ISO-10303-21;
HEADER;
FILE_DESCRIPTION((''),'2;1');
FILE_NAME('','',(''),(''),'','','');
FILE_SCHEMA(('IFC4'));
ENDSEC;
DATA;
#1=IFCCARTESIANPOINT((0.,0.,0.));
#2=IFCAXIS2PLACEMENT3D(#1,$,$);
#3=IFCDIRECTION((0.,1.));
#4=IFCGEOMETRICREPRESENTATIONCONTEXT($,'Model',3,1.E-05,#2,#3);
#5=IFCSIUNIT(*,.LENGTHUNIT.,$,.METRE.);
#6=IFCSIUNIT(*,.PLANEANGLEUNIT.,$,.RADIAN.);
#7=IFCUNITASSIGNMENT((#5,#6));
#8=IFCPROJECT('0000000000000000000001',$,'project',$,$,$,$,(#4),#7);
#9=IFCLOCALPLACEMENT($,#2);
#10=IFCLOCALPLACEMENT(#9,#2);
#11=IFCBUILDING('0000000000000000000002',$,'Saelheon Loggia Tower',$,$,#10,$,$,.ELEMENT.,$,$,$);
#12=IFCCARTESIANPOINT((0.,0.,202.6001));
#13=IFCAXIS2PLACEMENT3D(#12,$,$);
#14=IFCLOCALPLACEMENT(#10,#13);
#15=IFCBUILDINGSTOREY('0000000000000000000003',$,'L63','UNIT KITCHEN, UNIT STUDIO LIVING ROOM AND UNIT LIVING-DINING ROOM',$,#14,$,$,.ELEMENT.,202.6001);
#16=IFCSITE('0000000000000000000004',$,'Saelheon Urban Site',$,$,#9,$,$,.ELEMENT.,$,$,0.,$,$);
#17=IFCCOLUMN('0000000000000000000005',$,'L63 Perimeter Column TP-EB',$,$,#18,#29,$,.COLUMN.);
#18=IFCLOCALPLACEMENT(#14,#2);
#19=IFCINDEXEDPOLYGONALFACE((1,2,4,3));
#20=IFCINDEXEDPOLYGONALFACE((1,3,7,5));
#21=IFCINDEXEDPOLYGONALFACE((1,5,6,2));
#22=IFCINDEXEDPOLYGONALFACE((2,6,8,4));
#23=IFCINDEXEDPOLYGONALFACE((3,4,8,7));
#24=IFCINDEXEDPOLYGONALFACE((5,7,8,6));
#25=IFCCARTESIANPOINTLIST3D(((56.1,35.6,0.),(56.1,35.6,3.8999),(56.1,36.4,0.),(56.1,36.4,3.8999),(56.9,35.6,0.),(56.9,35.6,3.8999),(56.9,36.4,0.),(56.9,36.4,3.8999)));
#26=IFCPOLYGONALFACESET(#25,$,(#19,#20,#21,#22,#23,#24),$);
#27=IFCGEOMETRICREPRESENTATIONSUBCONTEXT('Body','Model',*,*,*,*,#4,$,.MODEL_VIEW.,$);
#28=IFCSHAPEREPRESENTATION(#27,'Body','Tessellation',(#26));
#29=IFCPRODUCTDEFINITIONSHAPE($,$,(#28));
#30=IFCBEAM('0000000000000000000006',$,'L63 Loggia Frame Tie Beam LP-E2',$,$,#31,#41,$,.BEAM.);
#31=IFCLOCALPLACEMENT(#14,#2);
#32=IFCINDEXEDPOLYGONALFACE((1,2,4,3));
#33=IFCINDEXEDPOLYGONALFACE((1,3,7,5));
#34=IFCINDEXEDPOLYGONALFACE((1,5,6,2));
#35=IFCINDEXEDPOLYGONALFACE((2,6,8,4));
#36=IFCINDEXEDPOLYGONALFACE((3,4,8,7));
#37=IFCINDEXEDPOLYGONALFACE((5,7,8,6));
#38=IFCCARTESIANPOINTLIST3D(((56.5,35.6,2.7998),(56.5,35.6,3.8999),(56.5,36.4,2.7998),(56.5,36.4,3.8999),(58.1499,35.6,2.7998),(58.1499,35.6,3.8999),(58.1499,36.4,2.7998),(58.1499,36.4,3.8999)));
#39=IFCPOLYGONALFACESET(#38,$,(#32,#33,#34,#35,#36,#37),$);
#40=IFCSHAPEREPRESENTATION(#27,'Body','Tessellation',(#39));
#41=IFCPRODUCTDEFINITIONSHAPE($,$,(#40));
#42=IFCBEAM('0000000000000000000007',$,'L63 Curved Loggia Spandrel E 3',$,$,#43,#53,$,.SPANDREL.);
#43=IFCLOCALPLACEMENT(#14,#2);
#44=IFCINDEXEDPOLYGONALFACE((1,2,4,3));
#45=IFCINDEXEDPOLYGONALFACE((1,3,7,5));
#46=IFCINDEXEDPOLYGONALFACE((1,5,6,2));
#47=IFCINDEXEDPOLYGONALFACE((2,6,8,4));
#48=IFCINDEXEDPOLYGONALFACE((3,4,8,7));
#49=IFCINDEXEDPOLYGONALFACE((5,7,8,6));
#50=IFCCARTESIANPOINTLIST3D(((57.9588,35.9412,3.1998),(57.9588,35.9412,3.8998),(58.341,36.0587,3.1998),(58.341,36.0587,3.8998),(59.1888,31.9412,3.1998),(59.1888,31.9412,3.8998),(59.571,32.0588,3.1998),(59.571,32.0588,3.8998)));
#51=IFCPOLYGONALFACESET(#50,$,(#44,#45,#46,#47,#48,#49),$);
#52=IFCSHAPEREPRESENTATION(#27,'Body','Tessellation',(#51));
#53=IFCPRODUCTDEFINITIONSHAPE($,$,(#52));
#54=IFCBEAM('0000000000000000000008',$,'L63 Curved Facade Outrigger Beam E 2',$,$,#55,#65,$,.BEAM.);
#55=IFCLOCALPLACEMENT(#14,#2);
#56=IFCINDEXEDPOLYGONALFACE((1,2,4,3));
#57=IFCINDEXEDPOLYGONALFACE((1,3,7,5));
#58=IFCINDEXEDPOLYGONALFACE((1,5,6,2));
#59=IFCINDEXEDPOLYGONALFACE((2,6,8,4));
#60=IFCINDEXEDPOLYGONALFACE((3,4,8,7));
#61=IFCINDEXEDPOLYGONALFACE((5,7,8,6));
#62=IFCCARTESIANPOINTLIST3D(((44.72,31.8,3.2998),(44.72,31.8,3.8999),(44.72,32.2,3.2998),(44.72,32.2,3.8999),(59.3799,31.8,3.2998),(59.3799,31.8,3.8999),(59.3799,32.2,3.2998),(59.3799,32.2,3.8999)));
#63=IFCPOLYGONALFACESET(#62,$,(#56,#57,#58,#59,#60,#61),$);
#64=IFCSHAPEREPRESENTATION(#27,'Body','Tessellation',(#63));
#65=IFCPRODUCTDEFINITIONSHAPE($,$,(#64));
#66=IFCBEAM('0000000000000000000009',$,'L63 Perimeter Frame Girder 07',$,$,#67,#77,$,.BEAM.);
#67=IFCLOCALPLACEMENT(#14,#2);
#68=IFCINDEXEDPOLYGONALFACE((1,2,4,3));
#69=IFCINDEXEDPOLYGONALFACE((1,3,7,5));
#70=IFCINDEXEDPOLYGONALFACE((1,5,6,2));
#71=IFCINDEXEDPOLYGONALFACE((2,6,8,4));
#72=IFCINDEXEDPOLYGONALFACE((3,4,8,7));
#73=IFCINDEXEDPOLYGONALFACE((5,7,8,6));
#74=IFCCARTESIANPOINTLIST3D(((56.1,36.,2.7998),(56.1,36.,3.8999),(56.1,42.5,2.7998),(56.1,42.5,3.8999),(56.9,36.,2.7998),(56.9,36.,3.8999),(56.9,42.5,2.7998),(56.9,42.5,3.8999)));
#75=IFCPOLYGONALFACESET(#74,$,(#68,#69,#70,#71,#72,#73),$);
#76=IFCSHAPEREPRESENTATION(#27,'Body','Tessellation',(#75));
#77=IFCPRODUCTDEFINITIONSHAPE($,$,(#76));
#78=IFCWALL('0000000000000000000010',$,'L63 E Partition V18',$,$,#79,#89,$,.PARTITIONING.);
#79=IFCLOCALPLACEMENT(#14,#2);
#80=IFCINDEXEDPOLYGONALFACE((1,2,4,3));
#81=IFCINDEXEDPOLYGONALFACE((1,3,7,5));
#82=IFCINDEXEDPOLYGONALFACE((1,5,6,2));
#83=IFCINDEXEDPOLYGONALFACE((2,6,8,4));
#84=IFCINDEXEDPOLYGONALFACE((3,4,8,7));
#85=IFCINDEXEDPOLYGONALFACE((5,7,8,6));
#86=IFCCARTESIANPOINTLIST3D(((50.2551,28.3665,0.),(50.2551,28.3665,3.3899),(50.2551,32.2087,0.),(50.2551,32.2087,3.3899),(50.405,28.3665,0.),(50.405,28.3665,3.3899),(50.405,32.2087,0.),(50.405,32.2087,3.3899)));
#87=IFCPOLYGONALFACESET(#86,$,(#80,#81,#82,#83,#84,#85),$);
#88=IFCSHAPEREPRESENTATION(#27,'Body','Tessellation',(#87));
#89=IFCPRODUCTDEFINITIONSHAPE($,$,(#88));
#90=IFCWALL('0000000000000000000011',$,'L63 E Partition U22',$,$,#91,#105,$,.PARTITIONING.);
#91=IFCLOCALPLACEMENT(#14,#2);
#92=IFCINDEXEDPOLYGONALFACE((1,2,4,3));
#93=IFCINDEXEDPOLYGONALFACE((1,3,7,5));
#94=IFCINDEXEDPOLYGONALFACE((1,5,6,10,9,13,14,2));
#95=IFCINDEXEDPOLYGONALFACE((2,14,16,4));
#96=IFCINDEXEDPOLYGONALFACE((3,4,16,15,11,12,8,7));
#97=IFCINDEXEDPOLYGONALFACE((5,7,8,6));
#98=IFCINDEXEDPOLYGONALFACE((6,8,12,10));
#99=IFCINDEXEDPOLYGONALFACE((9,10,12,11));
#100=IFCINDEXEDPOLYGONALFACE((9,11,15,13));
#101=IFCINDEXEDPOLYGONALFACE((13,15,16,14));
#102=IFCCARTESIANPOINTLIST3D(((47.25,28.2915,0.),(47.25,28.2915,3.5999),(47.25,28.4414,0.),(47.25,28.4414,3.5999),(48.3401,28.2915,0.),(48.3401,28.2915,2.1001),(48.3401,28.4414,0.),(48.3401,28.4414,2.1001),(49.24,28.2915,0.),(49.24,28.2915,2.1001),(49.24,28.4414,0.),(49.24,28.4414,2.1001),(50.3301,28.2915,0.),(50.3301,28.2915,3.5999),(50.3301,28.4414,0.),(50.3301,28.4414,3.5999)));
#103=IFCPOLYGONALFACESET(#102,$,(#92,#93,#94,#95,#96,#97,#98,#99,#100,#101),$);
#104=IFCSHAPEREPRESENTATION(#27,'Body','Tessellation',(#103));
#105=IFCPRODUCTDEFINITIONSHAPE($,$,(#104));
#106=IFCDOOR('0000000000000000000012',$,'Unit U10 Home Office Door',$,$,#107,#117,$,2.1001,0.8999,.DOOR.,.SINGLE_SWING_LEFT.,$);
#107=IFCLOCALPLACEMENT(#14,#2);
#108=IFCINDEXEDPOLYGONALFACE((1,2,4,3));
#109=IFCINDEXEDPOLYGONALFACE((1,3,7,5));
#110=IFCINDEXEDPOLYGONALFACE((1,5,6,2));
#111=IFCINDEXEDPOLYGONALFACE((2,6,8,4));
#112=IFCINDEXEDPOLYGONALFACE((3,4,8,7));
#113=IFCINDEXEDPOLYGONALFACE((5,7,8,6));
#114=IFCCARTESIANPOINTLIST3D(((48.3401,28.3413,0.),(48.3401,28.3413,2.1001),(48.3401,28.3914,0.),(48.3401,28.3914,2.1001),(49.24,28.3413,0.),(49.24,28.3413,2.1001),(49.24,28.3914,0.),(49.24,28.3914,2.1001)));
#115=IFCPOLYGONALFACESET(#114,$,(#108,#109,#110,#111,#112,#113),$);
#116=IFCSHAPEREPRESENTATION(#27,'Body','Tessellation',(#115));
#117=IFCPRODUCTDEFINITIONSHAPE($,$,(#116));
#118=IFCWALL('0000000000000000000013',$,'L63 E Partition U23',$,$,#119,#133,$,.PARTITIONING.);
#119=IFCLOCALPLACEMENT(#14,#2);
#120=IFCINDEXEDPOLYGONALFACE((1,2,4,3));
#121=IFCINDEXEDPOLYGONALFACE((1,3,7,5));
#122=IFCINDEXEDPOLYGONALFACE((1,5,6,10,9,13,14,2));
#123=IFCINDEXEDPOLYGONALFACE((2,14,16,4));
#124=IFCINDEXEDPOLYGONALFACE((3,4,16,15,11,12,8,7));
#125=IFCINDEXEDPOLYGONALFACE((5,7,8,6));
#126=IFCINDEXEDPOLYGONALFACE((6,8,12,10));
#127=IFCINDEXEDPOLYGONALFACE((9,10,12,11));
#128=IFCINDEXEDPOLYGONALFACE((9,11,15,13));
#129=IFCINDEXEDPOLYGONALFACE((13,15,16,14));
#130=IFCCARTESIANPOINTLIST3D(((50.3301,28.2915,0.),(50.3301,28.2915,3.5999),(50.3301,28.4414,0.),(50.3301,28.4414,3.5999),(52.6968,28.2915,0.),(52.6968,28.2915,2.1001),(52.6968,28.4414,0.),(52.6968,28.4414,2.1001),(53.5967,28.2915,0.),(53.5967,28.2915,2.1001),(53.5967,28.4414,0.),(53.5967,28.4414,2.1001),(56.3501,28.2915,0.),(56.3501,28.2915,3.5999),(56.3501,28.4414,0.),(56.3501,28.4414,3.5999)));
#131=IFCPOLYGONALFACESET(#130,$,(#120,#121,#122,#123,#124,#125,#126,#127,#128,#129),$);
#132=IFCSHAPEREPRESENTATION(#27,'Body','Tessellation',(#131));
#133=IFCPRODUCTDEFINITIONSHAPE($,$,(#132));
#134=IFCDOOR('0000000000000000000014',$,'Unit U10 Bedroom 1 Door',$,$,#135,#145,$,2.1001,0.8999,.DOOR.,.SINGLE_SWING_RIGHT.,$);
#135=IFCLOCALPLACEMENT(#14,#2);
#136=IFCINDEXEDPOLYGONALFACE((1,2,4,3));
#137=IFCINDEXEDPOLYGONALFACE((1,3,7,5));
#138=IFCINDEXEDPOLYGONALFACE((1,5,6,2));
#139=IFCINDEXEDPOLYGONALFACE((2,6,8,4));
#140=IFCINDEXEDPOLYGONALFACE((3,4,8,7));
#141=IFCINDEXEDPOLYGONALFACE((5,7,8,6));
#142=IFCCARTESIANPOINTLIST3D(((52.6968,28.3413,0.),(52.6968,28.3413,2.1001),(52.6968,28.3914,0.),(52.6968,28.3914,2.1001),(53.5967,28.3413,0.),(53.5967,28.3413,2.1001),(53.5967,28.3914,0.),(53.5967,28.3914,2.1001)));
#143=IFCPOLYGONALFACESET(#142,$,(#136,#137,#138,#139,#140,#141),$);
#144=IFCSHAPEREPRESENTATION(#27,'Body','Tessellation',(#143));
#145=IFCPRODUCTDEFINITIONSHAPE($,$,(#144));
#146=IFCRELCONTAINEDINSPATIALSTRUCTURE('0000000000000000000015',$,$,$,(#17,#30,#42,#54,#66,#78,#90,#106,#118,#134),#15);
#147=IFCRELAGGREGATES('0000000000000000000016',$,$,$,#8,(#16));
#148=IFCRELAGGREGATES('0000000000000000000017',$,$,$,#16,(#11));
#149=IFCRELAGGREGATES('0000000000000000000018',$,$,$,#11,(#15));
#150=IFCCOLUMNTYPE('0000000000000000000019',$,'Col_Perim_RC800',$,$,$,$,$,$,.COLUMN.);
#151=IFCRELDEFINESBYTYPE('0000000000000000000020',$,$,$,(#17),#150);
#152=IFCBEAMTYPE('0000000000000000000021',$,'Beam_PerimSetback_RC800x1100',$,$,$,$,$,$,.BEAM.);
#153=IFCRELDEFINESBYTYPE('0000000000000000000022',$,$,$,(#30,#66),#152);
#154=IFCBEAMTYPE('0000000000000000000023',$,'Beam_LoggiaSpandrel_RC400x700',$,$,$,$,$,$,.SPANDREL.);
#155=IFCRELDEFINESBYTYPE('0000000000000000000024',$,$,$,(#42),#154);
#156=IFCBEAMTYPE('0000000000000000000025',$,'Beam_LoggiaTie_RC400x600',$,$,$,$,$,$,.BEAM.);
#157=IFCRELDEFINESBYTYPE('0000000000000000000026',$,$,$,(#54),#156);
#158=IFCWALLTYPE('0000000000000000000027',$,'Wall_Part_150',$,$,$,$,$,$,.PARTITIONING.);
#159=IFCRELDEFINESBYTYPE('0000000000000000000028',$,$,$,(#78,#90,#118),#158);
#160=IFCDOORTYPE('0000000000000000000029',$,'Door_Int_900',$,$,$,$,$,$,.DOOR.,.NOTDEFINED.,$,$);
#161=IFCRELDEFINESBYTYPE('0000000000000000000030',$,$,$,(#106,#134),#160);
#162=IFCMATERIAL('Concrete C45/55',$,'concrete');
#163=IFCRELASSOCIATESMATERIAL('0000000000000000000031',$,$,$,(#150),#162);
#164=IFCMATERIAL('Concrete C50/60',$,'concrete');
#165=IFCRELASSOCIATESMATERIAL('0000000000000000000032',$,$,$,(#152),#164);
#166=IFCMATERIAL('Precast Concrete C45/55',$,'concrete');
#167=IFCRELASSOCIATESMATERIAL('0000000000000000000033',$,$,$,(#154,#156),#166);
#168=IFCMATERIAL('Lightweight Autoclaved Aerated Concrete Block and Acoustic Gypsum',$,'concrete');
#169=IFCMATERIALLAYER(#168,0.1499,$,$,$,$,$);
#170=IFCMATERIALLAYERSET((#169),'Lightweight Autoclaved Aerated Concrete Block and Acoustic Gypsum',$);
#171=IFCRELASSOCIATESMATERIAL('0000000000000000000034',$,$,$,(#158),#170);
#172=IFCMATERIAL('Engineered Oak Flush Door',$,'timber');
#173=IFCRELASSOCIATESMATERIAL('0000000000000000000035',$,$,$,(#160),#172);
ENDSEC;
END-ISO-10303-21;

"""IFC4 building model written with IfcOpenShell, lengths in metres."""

from ifc_helpers import new_model, si_unit, direction, frame, frame_2d, origin, origin_2d, place, context, subcontext, project, spatial, rectangle, extrude, source, transform, mapped, material, layer, layer_set, material_profile, profile_set, type_object, element, fill, save


model = new_model("IFC4")

# Units and contexts
model_context = context("Model", 3, precision=1e-05, world=origin(), true_north=direction((0.0, 1.0)))
body_context = subcontext(model_context, "Body", "Model", "MODEL_VIEW")
ifc_project = project(units=[si_unit("LENGTHUNIT", "METRE"), si_unit("PLANEANGLEUNIT", "RADIAN")], contexts=[model_context])

# Site, building, storey
site_placement = place(None, origin())
site = spatial("IfcSite", under=ifc_project, at=site_placement, Name="Saelheon Urban Site", CompositionType="ELEMENT", RefElevation=0.0)
building_placement = place(site_placement, origin())
building = spatial("IfcBuilding", under=site, at=building_placement, Name="Saelheon Loggia Tower", CompositionType="ELEMENT")
storey_placement = place(building_placement, frame((0.0, 0.0, 202.6001)))
storey = spatial("IfcBuildingStorey", under=building, at=storey_placement, Name="L63", Description="UNIT KITCHEN, UNIT STUDIO LIVING ROOM AND UNIT LIVING-DINING ROOM", CompositionType="ELEMENT", Elevation=202.6001)

# Column
ifc_material_1 = material(Name="Concrete C45/55", Category="concrete")
ifc_material_profile_1 = material_profile(ifc_material_1, rectangle(XDim=0.8, YDim=0.8, at=origin_2d()), Name="RC-800x800")
ifc_profile_set_1 = profile_set([ifc_material_profile_1], Name="Concrete C45/55")
column_type = type_object("IfcColumnType", Name="Col_Perim_RC800", PredefinedType="COLUMN", material=ifc_profile_set_1)
shared_shape_1 = source(origin(), body_context, "Body", "SweptSolid", [
    extrude(rectangle(XDim=0.8, YDim=0.8, at=origin_2d()), origin(), (0.0, 0.0, 1.0), 3.8999),
])
column_placement = place(storey_placement, frame((56.5, 36.0, 0.0), z_axis=(0.0, 0.0, 1.0), x_axis=(1.0, 0.0, 0.0)))
element("IfcColumn", 1, at=column_placement, inside=storey, type_object=column_type, Name="L63 Perimeter Column TP-EB", PredefinedType="COLUMN", context=body_context, shape_type="MappedRepresentation", body=[
    mapped(shared_shape_1, transform((0.0, 0.0, 0.0), scale=1.0)),
])

# Beams
ifc_material_2 = material(Name="Concrete C50/60", Category="concrete")
ifc_material_profile_2 = material_profile(ifc_material_2, rectangle(XDim=0.8, YDim=1.1001, at=origin_2d()), Name="RC-800x1100")
ifc_profile_set_2 = profile_set([ifc_material_profile_2], Name="Concrete C50/60")
beam_type_1 = type_object("IfcBeamType", Name="Beam_PerimSetback_RC800x1100", PredefinedType="BEAM", material=ifc_profile_set_2)
shared_shape_2 = source(origin(), body_context, "Body", "SweptSolid", [
    extrude(rectangle(XDim=0.8, YDim=1.1001, at=origin_2d()), origin(), (0.0, 0.0, 1.0), 1.6499),
])
beam_1_placement = place(storey_placement, frame((56.5, 36.0, 3.3499), z_axis=(1.0, 0.0, 0.0), x_axis=(0.0, 1.0, 0.0)))
element("IfcBeam", 2, at=beam_1_placement, inside=storey, type_object=beam_type_1, Name="L63 Loggia Frame Tie Beam LP-E2", PredefinedType="BEAM", context=body_context, shape_type="MappedRepresentation", body=[
    mapped(shared_shape_2, transform((0.0, 0.0, 0.0), scale=1.0)),
])
ifc_material_3 = material(Name="Precast Concrete C45/55", Category="concrete")
ifc_material_profile_3 = material_profile(ifc_material_3, rectangle(XDim=0.3999, YDim=0.7, at=origin_2d()), Name="RC-400x700")
ifc_profile_set_3 = profile_set([ifc_material_profile_3], Name="Precast Concrete C45/55")
beam_type_2 = type_object("IfcBeamType", Name="Beam_LoggiaSpandrel_RC400x700", PredefinedType="SPANDREL", material=ifc_profile_set_3)
shared_shape_3 = source(origin(), body_context, "Body", "SweptSolid", [
    extrude(rectangle(XDim=0.3999, YDim=0.7, at=origin_2d()), origin(), (0.0, 0.0, 1.0), 4.1848),
])
beam_2_placement = place(storey_placement, frame((59.3799, 32.0, 3.5498), z_axis=(-0.293914, 0.955832, 0.0), x_axis=(-0.955832, -0.293914, 0.0)))
element("IfcBeam", 3, at=beam_2_placement, inside=storey, type_object=beam_type_2, Name="L63 Curved Loggia Spandrel E 3", PredefinedType="SPANDREL", context=body_context, shape_type="MappedRepresentation", body=[
    mapped(shared_shape_3, transform((0.0, 0.0, 0.0), scale=1.0)),
])
ifc_material_profile_4 = material_profile(ifc_material_3, rectangle(XDim=0.3999, YDim=0.6001, at=origin_2d()), Name="RC-400x600")
ifc_profile_set_4 = profile_set([ifc_material_profile_4], Name="Precast Concrete C45/55")
beam_type_3 = type_object("IfcBeamType", Name="Beam_LoggiaTie_RC400x600", PredefinedType="BEAM", material=ifc_profile_set_4)
shared_shape_4 = source(origin(), body_context, "Body", "SweptSolid", [
    extrude(rectangle(XDim=0.3999, YDim=0.6001, at=origin_2d()), origin(), (0.0, 0.0, 1.0), 14.6599),
])
beam_3_placement = place(storey_placement, frame((44.72, 32.0, 3.5999), z_axis=(1.0, 0.0, 0.0), x_axis=(0.0, 1.0, 0.0)))
element("IfcBeam", 4, at=beam_3_placement, inside=storey, type_object=beam_type_3, Name="L63 Curved Facade Outrigger Beam E 2", PredefinedType="BEAM", context=body_context, shape_type="MappedRepresentation", body=[
    mapped(shared_shape_4, transform((0.0, 0.0, 0.0), scale=1.0)),
])
shared_shape_5 = source(origin(), body_context, "Body", "SweptSolid", [
    extrude(rectangle(XDim=0.8, YDim=1.1001, at=origin_2d()), origin(), (0.0, 0.0, 1.0), 6.5),
])
beam_4_placement = place(storey_placement, frame((56.5, 36.0, 3.3499), z_axis=(0.0, 1.0, 0.0), x_axis=(-1.0, 0.0, 0.0)))
element("IfcBeam", 5, at=beam_4_placement, inside=storey, type_object=beam_type_1, Name="L63 Perimeter Frame Girder 07", PredefinedType="BEAM", context=body_context, shape_type="MappedRepresentation", body=[
    mapped(shared_shape_5, transform((0.0, 0.0, 0.0), scale=1.0)),
])

# Wall
ifc_material_4 = material(Name="Lightweight Autoclaved Aerated Concrete Block and Acoustic Gypsum", Category="concrete")
ifc_layer_1 = layer(ifc_material_4, 0.1499)
ifc_layer_set_1 = layer_set([ifc_layer_1], Name="Lightweight Autoclaved Aerated Concrete Block and Acoustic Gypsum")
wall_type_1 = type_object("IfcWallType", Name="Wall_Part_150", PredefinedType="PARTITIONING", material=ifc_layer_set_1)
wall_1_placement = place(storey_placement, frame((50.3301, 28.3665, 0.0), z_axis=(0.0, 0.0, 1.0), x_axis=(0.0, 1.0, 0.0)))
element("IfcWall", 6, at=wall_1_placement, inside=storey, type_object=wall_type_1, Name="L63 E Partition V18", PredefinedType="PARTITIONING", context=body_context, shape_type="SweptSolid", body=[
    extrude(rectangle(XDim=3.8423, YDim=0.1499, at=frame_2d((1.9211, 0.0))), origin(), (0.0, 0.0, 1.0), 3.3899),
])

# Walls, openings, doors
wall_2_placement = place(storey_placement, frame((47.25, 28.3665, 0.0), z_axis=(0.0, 0.0, 1.0), x_axis=(1.0, 0.0, 0.0)))
wall_2 = element("IfcWall", 7, at=wall_2_placement, inside=storey, type_object=wall_type_1, Name="L63 E Partition U22", PredefinedType="PARTITIONING", context=body_context, shape_type="SweptSolid", body=[
    extrude(rectangle(XDim=3.0801, YDim=0.1499, at=frame_2d((1.54, 0.0))), origin(), (0.0, 0.0, 1.0), 3.5999),
])
opening_1_placement = place(wall_2_placement, frame((1.0901, 0.0, 0.0)))
opening_1 = element("IfcOpeningElement", 8, at=opening_1_placement, cuts=wall_2, PredefinedType="OPENING", context=body_context, shape_type="SweptSolid", body=[
    extrude(rectangle(XDim=0.8999, YDim=2.1001, at=frame_2d((0.45, 1.05))), frame((0.0, 0.0869, 0.0), z_axis=(0.0, -1.0, 0.0), x_axis=(1.0, 0.0, 0.0)), (0.0, 0.0, 1.0), 0.1738),
])
ifc_material_5 = material(Name="Engineered Oak Flush Door", Category="timber")
door_type_1 = type_object("IfcDoorType", Name="Door_Int_900", OperationType="NOTDEFINED", PredefinedType="DOOR", material=ifc_material_5)
shared_shape_6 = source(origin(), body_context, "Body", "SweptSolid", [
    extrude(rectangle(XDim=0.8999, YDim=2.1001, at=frame_2d((0.45, 1.05))), frame((0.0, 0.0249, 0.0), z_axis=(0.0, -1.0, 0.0), x_axis=(1.0, 0.0, 0.0)), (0.0, 0.0, 1.0), 0.05),
])
door_1_placement = place(opening_1_placement, origin())
door_1 = element("IfcDoor", 9, at=door_1_placement, inside=storey, type_object=door_type_1, Name="Unit U10 Home Office Door", OperationType="SINGLE_SWING_LEFT", OverallHeight=2.1001, OverallWidth=0.8999, PredefinedType="DOOR", context=body_context, shape_type="MappedRepresentation", body=[
    mapped(shared_shape_6, transform((0.0, 0.0, 0.0), scale=1.0)),
])
fill(opening_1, door_1)
wall_3_placement = place(storey_placement, frame((50.3301, 28.3665, 0.0), z_axis=(0.0, 0.0, 1.0), x_axis=(1.0, 0.0, 0.0)))
wall_3 = element("IfcWall", 10, at=wall_3_placement, inside=storey, type_object=wall_type_1, Name="L63 E Partition U23", PredefinedType="PARTITIONING", context=body_context, shape_type="SweptSolid", body=[
    extrude(rectangle(XDim=6.02, YDim=0.1499, at=frame_2d((3.01, 0.0))), origin(), (0.0, 0.0, 1.0), 3.5999),
])
opening_2_placement = place(wall_3_placement, frame((2.3667, 0.0, 0.0)))
opening_2 = element("IfcOpeningElement", 11, at=opening_2_placement, cuts=wall_3, PredefinedType="OPENING", context=body_context, shape_type="SweptSolid", body=[
    extrude(rectangle(XDim=0.8999, YDim=2.1001, at=frame_2d((0.45, 1.05))), frame((0.0, 0.0869, 0.0), z_axis=(0.0, -1.0, 0.0), x_axis=(1.0, 0.0, 0.0)), (0.0, 0.0, 1.0), 0.1738),
])
door_2_placement = place(opening_2_placement, origin())
door_2 = element("IfcDoor", 12, at=door_2_placement, inside=storey, type_object=door_type_1, Name="Unit U10 Bedroom 1 Door", OperationType="SINGLE_SWING_RIGHT", OverallHeight=2.1001, OverallWidth=0.8999, PredefinedType="DOOR", context=body_context, shape_type="MappedRepresentation", body=[
    mapped(shared_shape_6, transform((0.0, 0.0, 0.0), scale=1.0)),
])
fill(opening_2, door_2)

save(model, "model.ifc")
